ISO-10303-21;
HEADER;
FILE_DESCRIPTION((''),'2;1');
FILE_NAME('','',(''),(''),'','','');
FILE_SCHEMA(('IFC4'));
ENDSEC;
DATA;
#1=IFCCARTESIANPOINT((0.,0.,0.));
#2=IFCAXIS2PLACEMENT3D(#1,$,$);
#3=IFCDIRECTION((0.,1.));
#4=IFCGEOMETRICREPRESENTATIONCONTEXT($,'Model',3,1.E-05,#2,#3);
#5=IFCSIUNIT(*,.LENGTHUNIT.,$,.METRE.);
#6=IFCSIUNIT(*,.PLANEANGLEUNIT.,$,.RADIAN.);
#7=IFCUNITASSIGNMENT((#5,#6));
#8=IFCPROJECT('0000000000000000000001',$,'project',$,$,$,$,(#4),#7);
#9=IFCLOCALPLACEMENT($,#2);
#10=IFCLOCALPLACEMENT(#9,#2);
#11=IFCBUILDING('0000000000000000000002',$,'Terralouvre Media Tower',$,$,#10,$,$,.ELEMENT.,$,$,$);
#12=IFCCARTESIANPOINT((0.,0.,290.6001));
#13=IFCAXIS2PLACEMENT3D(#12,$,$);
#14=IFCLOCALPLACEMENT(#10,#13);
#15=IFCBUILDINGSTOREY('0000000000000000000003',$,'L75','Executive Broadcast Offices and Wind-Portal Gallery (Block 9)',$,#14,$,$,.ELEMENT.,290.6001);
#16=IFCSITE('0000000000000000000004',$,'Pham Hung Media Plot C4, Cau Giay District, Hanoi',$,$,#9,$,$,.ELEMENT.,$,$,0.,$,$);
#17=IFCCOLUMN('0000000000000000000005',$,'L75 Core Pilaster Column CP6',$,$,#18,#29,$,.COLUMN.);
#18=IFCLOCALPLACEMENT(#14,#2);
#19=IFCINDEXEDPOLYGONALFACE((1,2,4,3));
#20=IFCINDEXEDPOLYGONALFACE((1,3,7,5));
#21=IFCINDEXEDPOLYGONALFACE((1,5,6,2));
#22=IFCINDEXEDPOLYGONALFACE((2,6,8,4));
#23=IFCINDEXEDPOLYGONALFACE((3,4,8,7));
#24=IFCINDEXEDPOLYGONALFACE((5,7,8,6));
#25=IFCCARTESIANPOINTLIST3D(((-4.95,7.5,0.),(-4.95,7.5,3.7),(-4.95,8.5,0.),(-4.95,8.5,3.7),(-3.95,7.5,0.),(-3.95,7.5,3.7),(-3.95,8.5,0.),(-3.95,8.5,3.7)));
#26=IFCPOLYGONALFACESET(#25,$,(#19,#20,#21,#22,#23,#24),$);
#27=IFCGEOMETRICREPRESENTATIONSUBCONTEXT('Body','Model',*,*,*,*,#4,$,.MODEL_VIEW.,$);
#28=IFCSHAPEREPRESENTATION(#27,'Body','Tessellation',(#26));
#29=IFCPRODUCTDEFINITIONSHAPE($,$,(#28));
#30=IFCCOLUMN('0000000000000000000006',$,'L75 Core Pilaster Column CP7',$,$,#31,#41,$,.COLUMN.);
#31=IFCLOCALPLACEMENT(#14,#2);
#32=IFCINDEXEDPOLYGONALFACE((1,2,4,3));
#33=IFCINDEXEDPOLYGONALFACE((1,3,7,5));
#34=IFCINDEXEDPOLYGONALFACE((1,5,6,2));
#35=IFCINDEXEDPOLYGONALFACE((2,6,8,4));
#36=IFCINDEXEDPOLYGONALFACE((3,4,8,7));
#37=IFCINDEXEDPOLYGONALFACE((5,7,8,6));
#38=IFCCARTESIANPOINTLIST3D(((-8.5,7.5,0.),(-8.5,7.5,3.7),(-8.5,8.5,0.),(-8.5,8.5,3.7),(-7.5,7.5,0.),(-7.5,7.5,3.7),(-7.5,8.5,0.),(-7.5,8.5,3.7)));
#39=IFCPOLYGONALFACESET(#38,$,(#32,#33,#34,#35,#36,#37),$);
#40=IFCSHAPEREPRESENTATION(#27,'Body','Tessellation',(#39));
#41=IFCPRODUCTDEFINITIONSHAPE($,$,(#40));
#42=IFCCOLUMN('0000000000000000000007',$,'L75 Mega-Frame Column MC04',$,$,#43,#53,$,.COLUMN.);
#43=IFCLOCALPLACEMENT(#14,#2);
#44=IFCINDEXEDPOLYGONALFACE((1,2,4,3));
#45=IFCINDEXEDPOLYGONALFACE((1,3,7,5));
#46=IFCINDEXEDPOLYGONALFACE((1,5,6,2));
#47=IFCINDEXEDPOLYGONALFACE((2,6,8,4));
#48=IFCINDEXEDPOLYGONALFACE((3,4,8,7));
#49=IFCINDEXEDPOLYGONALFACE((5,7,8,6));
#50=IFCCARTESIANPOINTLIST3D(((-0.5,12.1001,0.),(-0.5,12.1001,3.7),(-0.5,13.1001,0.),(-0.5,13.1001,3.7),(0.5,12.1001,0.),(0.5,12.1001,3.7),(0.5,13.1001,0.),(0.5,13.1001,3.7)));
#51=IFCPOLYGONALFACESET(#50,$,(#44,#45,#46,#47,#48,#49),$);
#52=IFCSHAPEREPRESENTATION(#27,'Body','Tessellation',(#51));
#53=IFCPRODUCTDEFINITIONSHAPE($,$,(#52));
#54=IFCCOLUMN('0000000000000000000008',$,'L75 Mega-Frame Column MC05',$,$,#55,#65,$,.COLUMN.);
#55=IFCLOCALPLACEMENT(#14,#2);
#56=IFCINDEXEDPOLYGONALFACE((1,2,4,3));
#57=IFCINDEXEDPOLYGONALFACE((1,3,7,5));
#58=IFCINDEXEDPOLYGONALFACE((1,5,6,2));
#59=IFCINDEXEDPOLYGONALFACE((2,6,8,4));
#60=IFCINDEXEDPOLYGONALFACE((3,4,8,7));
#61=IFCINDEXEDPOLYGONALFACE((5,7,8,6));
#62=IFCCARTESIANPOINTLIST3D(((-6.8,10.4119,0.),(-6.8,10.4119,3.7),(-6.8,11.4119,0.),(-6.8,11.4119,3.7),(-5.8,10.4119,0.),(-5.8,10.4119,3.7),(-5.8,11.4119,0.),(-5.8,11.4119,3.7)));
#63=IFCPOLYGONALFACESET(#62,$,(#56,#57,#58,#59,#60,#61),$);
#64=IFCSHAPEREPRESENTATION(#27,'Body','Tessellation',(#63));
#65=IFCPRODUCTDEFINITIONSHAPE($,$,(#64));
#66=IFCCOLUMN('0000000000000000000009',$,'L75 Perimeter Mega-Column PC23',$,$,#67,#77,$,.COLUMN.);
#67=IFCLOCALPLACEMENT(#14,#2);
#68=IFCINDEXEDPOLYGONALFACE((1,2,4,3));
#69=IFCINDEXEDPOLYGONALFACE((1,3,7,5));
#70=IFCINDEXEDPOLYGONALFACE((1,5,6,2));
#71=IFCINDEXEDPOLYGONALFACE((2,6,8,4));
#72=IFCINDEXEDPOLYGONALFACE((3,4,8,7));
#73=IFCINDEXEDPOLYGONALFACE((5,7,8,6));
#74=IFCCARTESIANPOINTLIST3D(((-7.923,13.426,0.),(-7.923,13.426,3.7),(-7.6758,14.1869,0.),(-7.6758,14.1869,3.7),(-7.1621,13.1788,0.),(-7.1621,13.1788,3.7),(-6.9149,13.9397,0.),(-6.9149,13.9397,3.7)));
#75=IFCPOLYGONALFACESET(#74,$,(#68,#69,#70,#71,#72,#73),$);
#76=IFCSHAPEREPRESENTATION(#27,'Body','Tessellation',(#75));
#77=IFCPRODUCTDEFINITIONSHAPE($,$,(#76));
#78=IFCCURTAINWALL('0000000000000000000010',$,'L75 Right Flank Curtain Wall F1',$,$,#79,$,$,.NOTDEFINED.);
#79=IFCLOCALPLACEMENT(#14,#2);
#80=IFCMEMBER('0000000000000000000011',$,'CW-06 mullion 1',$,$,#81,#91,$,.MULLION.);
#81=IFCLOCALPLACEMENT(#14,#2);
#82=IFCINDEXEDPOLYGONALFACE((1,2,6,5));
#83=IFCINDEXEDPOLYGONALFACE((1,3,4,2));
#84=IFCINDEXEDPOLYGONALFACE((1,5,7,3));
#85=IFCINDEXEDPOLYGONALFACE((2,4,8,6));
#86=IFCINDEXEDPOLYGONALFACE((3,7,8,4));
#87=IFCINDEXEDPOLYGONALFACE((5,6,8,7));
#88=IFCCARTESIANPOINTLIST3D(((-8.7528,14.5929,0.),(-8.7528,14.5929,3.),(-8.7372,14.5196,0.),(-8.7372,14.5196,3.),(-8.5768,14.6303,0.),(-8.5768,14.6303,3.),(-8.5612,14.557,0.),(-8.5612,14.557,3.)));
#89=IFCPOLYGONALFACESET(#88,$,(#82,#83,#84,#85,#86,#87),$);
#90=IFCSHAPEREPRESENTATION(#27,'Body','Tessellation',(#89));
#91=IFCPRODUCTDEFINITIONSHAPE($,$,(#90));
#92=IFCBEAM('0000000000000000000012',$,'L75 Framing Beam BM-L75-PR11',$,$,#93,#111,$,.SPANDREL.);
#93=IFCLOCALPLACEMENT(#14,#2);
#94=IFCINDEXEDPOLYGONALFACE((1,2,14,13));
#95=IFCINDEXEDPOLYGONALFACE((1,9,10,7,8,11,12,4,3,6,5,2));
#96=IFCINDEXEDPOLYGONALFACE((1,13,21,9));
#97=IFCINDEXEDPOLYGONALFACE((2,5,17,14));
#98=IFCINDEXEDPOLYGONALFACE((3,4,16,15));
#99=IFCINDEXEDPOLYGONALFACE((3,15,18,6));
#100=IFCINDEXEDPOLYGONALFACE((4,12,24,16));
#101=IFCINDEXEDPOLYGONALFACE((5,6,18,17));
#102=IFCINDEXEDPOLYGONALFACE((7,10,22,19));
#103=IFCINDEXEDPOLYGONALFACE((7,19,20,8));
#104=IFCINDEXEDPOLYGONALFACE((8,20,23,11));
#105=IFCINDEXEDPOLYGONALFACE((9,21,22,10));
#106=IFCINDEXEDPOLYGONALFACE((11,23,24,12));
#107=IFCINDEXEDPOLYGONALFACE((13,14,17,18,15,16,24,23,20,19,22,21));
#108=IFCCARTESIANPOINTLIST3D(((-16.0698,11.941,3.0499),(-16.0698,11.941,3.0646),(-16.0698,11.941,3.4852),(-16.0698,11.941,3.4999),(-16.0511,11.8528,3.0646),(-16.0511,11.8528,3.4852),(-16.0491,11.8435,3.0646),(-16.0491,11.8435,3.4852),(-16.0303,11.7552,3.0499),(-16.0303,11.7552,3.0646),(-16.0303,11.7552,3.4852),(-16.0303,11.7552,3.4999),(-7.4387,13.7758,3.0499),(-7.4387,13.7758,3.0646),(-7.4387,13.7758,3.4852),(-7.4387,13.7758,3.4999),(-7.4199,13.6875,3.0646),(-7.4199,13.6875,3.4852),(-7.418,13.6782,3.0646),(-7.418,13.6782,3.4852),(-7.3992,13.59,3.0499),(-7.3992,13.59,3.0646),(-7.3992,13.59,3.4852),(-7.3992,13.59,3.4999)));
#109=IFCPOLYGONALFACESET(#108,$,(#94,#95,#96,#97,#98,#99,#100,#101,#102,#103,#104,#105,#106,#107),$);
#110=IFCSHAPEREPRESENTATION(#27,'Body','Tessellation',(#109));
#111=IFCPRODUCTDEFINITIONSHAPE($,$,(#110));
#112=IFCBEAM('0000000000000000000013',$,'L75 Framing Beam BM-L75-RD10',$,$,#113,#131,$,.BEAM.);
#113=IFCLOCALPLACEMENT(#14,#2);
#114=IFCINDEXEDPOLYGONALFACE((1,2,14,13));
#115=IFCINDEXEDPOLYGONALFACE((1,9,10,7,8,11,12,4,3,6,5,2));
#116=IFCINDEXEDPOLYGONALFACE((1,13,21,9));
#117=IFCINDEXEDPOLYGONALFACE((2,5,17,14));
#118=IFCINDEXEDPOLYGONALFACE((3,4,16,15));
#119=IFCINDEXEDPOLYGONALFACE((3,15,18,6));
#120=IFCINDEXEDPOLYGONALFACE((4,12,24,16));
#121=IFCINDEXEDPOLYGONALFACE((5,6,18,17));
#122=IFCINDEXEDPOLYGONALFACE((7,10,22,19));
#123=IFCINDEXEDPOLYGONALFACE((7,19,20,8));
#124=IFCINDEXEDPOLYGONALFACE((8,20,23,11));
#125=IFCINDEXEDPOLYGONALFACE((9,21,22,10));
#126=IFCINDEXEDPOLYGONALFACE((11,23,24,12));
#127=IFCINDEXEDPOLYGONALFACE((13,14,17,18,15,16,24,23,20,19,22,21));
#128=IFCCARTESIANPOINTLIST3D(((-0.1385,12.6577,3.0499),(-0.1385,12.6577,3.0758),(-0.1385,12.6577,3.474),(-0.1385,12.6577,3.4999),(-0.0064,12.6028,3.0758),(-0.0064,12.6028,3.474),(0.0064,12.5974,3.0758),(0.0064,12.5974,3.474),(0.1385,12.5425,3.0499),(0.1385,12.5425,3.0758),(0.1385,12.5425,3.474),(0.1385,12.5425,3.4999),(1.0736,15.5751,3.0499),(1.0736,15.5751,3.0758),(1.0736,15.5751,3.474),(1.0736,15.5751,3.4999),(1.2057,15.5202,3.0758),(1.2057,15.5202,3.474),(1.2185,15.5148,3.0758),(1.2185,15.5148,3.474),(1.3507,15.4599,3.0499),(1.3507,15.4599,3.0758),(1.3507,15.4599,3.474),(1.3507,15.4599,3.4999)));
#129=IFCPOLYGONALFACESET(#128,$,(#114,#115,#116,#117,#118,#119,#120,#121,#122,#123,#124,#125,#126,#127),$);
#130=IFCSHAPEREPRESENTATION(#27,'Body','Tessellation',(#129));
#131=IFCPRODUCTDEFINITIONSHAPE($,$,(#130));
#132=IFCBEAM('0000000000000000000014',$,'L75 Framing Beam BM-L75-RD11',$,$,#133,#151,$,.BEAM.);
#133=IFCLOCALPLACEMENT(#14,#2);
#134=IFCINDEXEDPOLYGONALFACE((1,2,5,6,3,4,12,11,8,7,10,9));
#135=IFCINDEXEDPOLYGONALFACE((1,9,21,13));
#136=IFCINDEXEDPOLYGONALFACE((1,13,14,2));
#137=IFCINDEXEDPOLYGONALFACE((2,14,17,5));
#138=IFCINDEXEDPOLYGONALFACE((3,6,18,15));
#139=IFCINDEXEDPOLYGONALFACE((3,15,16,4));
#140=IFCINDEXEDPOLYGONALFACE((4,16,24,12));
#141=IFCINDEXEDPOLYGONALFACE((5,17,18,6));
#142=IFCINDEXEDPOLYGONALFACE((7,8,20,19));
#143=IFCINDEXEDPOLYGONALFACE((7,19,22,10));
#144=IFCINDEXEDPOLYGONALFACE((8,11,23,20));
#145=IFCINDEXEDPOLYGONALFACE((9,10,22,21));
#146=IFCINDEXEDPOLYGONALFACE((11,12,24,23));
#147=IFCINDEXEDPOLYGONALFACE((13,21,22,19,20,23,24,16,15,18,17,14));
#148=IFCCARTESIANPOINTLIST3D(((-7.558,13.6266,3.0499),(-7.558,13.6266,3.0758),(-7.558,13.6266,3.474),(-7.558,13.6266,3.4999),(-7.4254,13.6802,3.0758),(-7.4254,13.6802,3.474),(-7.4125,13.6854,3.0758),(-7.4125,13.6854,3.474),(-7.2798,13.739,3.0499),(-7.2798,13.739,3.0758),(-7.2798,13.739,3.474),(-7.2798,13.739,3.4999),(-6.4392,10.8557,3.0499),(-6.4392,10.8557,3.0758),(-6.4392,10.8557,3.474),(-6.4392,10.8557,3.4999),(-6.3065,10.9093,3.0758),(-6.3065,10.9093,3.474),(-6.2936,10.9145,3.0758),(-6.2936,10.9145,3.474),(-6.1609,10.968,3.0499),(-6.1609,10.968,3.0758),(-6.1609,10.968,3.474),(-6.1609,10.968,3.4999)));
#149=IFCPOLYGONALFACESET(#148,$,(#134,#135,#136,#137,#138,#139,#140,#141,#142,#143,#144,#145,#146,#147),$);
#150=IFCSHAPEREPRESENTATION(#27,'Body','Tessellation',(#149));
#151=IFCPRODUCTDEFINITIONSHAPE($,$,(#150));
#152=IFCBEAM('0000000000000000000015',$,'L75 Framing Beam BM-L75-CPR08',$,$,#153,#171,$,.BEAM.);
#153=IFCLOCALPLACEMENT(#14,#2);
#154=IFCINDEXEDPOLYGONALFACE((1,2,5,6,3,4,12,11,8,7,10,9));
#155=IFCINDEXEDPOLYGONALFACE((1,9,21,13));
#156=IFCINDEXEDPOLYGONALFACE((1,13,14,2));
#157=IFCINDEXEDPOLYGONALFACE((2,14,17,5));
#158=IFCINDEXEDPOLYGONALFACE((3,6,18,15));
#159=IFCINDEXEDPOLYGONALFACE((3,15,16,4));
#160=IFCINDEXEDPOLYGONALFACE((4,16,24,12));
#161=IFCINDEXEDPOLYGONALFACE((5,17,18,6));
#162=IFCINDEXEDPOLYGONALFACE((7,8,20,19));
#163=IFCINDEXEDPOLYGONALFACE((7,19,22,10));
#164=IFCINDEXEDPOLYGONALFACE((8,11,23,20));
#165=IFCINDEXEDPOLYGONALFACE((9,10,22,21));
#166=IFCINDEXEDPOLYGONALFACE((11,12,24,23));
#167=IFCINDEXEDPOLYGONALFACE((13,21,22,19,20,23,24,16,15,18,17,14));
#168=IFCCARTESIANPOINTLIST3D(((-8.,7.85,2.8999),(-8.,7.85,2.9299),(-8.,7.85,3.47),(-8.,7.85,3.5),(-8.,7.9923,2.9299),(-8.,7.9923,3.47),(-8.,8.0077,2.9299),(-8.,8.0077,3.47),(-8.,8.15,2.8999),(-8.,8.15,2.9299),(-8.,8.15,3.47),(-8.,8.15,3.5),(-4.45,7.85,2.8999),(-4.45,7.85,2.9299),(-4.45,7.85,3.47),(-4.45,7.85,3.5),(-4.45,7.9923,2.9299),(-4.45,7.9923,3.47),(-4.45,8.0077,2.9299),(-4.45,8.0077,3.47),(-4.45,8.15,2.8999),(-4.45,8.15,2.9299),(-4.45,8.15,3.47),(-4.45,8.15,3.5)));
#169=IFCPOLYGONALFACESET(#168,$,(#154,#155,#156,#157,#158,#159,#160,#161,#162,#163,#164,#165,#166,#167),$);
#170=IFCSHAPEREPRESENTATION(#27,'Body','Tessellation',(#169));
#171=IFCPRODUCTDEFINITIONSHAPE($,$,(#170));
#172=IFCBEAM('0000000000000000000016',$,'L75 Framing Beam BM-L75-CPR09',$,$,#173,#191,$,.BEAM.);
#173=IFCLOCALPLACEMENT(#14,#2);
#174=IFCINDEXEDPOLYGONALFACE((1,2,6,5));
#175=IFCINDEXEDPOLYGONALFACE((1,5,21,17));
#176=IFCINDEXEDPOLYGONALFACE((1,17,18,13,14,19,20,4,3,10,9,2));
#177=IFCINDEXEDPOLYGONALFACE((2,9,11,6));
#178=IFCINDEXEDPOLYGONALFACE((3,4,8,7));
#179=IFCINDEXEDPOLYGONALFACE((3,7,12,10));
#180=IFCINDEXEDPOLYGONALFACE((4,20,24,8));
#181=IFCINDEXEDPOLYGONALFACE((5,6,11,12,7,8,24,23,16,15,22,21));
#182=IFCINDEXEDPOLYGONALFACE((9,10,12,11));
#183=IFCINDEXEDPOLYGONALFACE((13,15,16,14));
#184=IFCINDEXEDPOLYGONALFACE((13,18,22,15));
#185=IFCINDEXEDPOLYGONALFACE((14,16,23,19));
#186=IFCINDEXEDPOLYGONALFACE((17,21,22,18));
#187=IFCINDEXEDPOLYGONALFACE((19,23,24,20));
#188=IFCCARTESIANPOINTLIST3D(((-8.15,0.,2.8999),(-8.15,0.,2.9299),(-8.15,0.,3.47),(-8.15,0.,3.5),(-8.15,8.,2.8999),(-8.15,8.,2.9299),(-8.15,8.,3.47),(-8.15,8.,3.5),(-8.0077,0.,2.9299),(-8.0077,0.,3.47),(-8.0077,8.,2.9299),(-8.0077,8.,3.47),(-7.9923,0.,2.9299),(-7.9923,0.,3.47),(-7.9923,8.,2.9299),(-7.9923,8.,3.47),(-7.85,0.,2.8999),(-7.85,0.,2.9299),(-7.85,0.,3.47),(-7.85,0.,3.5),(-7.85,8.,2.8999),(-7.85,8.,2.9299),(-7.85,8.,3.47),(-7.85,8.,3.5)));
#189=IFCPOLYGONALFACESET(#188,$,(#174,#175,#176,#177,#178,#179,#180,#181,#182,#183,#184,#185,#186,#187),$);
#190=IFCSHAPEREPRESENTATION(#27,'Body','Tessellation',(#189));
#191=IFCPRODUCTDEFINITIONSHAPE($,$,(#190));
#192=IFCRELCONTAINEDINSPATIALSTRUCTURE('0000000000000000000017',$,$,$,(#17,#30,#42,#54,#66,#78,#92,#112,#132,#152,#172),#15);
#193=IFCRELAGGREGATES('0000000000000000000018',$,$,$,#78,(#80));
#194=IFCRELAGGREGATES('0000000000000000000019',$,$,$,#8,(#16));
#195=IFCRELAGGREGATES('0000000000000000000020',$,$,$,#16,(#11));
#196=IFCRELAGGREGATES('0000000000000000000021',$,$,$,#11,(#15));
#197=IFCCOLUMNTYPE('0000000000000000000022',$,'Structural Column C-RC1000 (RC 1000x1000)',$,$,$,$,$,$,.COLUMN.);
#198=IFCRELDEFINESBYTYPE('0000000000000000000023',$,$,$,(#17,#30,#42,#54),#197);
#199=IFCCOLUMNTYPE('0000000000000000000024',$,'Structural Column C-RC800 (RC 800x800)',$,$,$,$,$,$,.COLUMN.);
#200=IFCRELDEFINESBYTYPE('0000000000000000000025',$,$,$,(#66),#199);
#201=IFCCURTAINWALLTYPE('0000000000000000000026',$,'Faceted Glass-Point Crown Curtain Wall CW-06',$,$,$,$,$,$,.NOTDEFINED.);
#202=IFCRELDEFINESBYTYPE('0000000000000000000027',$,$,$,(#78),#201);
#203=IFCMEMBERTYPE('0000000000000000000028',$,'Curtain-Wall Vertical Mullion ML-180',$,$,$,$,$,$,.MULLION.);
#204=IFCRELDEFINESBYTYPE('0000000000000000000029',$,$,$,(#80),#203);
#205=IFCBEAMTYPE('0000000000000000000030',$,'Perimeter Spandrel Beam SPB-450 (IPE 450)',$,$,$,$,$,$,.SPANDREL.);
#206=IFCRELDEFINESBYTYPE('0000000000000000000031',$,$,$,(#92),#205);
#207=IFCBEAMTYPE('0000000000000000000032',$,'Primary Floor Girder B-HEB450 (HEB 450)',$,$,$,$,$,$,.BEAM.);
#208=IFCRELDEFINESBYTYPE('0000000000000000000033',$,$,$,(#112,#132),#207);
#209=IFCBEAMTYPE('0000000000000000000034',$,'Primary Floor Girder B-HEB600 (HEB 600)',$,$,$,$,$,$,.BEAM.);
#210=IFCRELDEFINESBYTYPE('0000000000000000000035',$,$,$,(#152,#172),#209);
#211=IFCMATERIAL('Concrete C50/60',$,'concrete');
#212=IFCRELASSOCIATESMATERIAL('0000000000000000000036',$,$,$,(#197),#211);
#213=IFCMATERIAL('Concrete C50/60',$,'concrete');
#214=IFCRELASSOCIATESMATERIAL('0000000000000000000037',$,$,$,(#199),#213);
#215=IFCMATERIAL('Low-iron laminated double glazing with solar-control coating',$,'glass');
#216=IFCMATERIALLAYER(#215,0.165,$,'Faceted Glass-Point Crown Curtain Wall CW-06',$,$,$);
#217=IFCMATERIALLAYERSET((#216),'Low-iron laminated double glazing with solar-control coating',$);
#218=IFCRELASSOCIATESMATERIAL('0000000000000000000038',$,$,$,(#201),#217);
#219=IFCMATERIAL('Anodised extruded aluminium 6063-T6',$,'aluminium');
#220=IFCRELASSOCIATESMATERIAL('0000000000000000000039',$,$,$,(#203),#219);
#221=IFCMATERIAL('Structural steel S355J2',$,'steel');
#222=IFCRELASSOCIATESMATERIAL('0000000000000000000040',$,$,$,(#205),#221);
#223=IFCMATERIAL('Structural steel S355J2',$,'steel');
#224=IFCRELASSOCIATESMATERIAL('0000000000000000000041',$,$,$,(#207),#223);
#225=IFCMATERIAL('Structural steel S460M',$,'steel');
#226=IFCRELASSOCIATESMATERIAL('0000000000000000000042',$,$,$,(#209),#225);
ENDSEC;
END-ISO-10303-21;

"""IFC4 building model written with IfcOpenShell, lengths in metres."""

from ifc_helpers import new_model, si_unit, direction, frame, origin, origin_2d, place, context, subcontext, project, spatial, rectangle, i_section, extrude, material, layer, layer_set, material_profile, profile_set, type_object, element, aggregate, save


model = new_model("IFC4")

# Units and contexts
model_context = context("Model", 3, precision=1e-05, world=origin(), true_north=direction((0.0, 1.0)))
body_context = subcontext(model_context, "Body", "Model", "MODEL_VIEW")
ifc_project = project(units=[si_unit("LENGTHUNIT", "METRE"), si_unit("PLANEANGLEUNIT", "RADIAN")], contexts=[model_context])

# Site, building, storey
site_placement = place(None, origin())
site = spatial("IfcSite", under=ifc_project, at=site_placement, Name="Pham Hung Media Plot C4, Cau Giay District, Hanoi", CompositionType="ELEMENT", RefElevation=0.0)
building_placement = place(site_placement, origin())
building = spatial("IfcBuilding", under=site, at=building_placement, Name="Terralouvre Media Tower", CompositionType="ELEMENT")
storey_placement = place(building_placement, frame((0.0, 0.0, 290.6001)))
storey = spatial("IfcBuildingStorey", under=building, at=storey_placement, Name="L75", Description="Executive Broadcast Offices and Wind-Portal Gallery (Block 9)", CompositionType="ELEMENT", Elevation=290.6001)

# Columns
ifc_material_1 = material(Name="Concrete C50/60", Category="concrete")
ifc_material_profile_1 = material_profile(ifc_material_1, rectangle(XDim=1.0, YDim=1.0, at=origin_2d()), Name="RC 1000x1000")
ifc_profile_set_1 = profile_set([ifc_material_profile_1], Name="Concrete C50/60")
column_type_1 = type_object("IfcColumnType", Name="Structural Column C-RC1000 (RC 1000x1000)", PredefinedType="COLUMN", material=ifc_profile_set_1)
for number, where, z_axis, x_axis, name in (
    (1, (-4.45, 8.0, 0.0), (0.0, 0.0, 1.0), (1.0, 0.0, 0.0), "L75 Core Pilaster Column CP6"),
    (2, (-8.0, 8.0, 0.0), (0.0, 0.0, 1.0), (1.0, 0.0, 0.0), "L75 Core Pilaster Column CP7"),
    (3, (0.0, 12.6001, 0.0), (0.0, 0.0, 1.0), (1.0, 0.0, 0.0), "L75 Mega-Frame Column MC04"),
    (4, (-6.3, 10.9119, 0.0), (0.0, 0.0, 1.0), (1.0, 0.0, 0.0), "L75 Mega-Frame Column MC05"),
):
    element("IfcColumn", number, at=place(storey_placement, frame(where, z_axis=z_axis, x_axis=x_axis)), inside=storey, type_object=column_type_1, Name=name, PredefinedType="COLUMN", context=body_context, shape_type="SweptSolid", body=[
        extrude(rectangle(XDim=1.0, YDim=1.0, at=origin_2d()), origin(), (0.0, 0.0, 1.0), 3.7),
    ])
ifc_material_2 = material(Name="Concrete C50/60", Category="concrete")
ifc_material_profile_2 = material_profile(ifc_material_2, rectangle(XDim=0.8, YDim=0.8, at=origin_2d()), Name="RC 800x800")
ifc_profile_set_2 = profile_set([ifc_material_profile_2], Name="Concrete C50/60")
column_type_2 = type_object("IfcColumnType", Name="Structural Column C-RC800 (RC 800x800)", PredefinedType="COLUMN", material=ifc_profile_set_2)
column_placement = place(storey_placement, frame((-7.4189, 13.6829, 0.0), z_axis=(0.0, 0.0, 1.0), x_axis=(0.309017, 0.951057, 0.0)))
element("IfcColumn", 5, at=column_placement, inside=storey, type_object=column_type_2, Name="L75 Perimeter Mega-Column PC23", PredefinedType="COLUMN", context=body_context, shape_type="SweptSolid", body=[
    extrude(rectangle(XDim=0.8, YDim=0.8, at=origin_2d()), origin(), (0.0, 0.0, 1.0), 3.7),
])

# Curtain wall, member
ifc_material_3 = material(Name="Low-iron laminated double glazing with solar-control coating", Category="glass")
ifc_layer_1 = layer(ifc_material_3, 0.165, Name="Faceted Glass-Point Crown Curtain Wall CW-06")
ifc_layer_set_1 = layer_set([ifc_layer_1], Name="Low-iron laminated double glazing with solar-control coating")
curtain_wall_type = type_object("IfcCurtainWallType", Name="Faceted Glass-Point Crown Curtain Wall CW-06", PredefinedType="NOTDEFINED", material=ifc_layer_set_1)
curtain_wall_placement = place(storey_placement, origin())
curtain_wall = element("IfcCurtainWall", 6, at=curtain_wall_placement, inside=storey, type_object=curtain_wall_type, Name="L75 Right Flank Curtain Wall F1", PredefinedType="NOTDEFINED")
ifc_material_4 = material(Name="Anodised extruded aluminium 6063-T6", Category="aluminium")
ifc_material_profile_3 = material_profile(ifc_material_4, rectangle(XDim=0.075, YDim=0.1799, at=origin_2d()), Name="ALU 75x180")
ifc_profile_set_3 = profile_set([ifc_material_profile_3], Name="Anodised extruded aluminium 6063-T6")
member_type = type_object("IfcMemberType", Name="Curtain-Wall Vertical Mullion ML-180", PredefinedType="MULLION", material=ifc_profile_set_3)
member_placement = place(storey_placement, frame((-8.657, 14.575, 0.0), z_axis=(0.0, 0.0, 1.0), x_axis=(0.207911, -0.978148, 0.0)))
member = element("IfcMember", 7, at=member_placement, type_object=member_type, Name="CW-06 mullion 1", PredefinedType="MULLION", context=body_context, shape_type="SweptSolid", body=[
    extrude(rectangle(XDim=0.075, YDim=0.1799, at=origin_2d()), origin(), (0.0, 0.0, 1.0), 3.0),
])
aggregate(curtain_wall, [member])

# Beams
ifc_material_5 = material(Name="Structural steel S355J2", Category="steel")
ifc_material_profile_4 = material_profile(ifc_material_5, i_section(OverallWidth=0.1899, OverallDepth=0.45, WebThickness=0.0095, FlangeThickness=0.0146, at=origin_2d()), Name="IPE 450")
ifc_profile_set_4 = profile_set([ifc_material_profile_4], Name="Structural steel S355J2")
beam_type_1 = type_object("IfcBeamType", Name="Perimeter Spandrel Beam SPB-450 (IPE 450)", PredefinedType="SPANDREL", material=ifc_profile_set_4)
beam_1_placement = place(storey_placement, frame((-7.4189, 13.6829, 3.2749), z_axis=(-0.978145, -0.207925, 0.0), x_axis=(0.207925, -0.978145, 0.0)))
element("IfcBeam", 8, at=beam_1_placement, inside=storey, type_object=beam_type_1, Name="L75 Framing Beam BM-L75-PR11", PredefinedType="SPANDREL", context=body_context, shape_type="SweptSolid", body=[
    extrude(i_section(OverallWidth=0.1899, OverallDepth=0.45, WebThickness=0.0095, FlangeThickness=0.0146, at=origin_2d()), origin(), (0.0, 0.0, 1.0), 8.824),
])
ifc_material_6 = material(Name="Structural steel S355J2", Category="steel")
ifc_material_profile_5 = material_profile(ifc_material_6, i_section(OverallWidth=0.3, OverallDepth=0.45, WebThickness=0.0139, FlangeThickness=0.0259, at=origin_2d()), Name="HEB 450")
ifc_profile_set_5 = profile_set([ifc_material_profile_5], Name="Structural steel S355J2")
beam_type_2 = type_object("IfcBeamType", Name="Primary Floor Girder B-HEB450 (HEB 450)", PredefinedType="BEAM", material=ifc_profile_set_5)
beam_2_placement = place(storey_placement, frame((0.0, 12.6001, 3.2749), z_axis=(0.383682, 0.923465, 0.0), x_axis=(-0.923465, 0.383682, 0.0)))
element("IfcBeam", 9, at=beam_2_placement, inside=storey, type_object=beam_type_2, Name="L75 Framing Beam BM-L75-RD10", PredefinedType="BEAM", context=body_context, shape_type="SweptSolid", body=[
    extrude(i_section(OverallWidth=0.3, OverallDepth=0.45, WebThickness=0.0139, FlangeThickness=0.0259, at=origin_2d()), origin(), (0.0, 0.0, 1.0), 3.1592),
])
beam_3_placement = place(storey_placement, frame((-6.3, 10.9119, 3.2749), z_axis=(-0.374417, 0.92726, 0.0), x_axis=(-0.92726, -0.374417, 0.0)))
element("IfcBeam", 10, at=beam_3_placement, inside=storey, type_object=beam_type_2, Name="L75 Framing Beam BM-L75-RD11", PredefinedType="BEAM", context=body_context, shape_type="SweptSolid", body=[
    extrude(i_section(OverallWidth=0.3, OverallDepth=0.45, WebThickness=0.0139, FlangeThickness=0.0259, at=origin_2d()), origin(), (0.0, 0.0, 1.0), 2.9883),
])
ifc_material_7 = material(Name="Structural steel S460M", Category="steel")
ifc_material_profile_6 = material_profile(ifc_material_7, i_section(OverallWidth=0.3, OverallDepth=0.6001, WebThickness=0.0154, FlangeThickness=0.03, at=origin_2d()), Name="HEB 600")
ifc_profile_set_6 = profile_set([ifc_material_profile_6], Name="Structural steel S460M")
beam_type_3 = type_object("IfcBeamType", Name="Primary Floor Girder B-HEB600 (HEB 600)", PredefinedType="BEAM", material=ifc_profile_set_6)
beam_4_placement = place(storey_placement, frame((-4.45, 8.0, 3.2), z_axis=(-1.0, 0.0, 0.0), x_axis=(0.0, -1.0, 0.0)))
element("IfcBeam", 11, at=beam_4_placement, inside=storey, type_object=beam_type_3, Name="L75 Framing Beam BM-L75-CPR08", PredefinedType="BEAM", context=body_context, shape_type="SweptSolid", body=[
    extrude(i_section(OverallWidth=0.3, OverallDepth=0.6001, WebThickness=0.0154, FlangeThickness=0.03, at=origin_2d()), origin(), (0.0, 0.0, 1.0), 3.55),
])
beam_5_placement = place(storey_placement, frame((-8.0, 8.0, 3.2), z_axis=(0.0, -1.0, 0.0), x_axis=(1.0, 0.0, 0.0)))
element("IfcBeam", 12, at=beam_5_placement, inside=storey, type_object=beam_type_3, Name="L75 Framing Beam BM-L75-CPR09", PredefinedType="BEAM", context=body_context, shape_type="SweptSolid", body=[
    extrude(i_section(OverallWidth=0.3, OverallDepth=0.6001, WebThickness=0.0154, FlangeThickness=0.03, at=origin_2d()), origin(), (0.0, 0.0, 1.0), 8.0),
])

save(model, "model.ifc")
